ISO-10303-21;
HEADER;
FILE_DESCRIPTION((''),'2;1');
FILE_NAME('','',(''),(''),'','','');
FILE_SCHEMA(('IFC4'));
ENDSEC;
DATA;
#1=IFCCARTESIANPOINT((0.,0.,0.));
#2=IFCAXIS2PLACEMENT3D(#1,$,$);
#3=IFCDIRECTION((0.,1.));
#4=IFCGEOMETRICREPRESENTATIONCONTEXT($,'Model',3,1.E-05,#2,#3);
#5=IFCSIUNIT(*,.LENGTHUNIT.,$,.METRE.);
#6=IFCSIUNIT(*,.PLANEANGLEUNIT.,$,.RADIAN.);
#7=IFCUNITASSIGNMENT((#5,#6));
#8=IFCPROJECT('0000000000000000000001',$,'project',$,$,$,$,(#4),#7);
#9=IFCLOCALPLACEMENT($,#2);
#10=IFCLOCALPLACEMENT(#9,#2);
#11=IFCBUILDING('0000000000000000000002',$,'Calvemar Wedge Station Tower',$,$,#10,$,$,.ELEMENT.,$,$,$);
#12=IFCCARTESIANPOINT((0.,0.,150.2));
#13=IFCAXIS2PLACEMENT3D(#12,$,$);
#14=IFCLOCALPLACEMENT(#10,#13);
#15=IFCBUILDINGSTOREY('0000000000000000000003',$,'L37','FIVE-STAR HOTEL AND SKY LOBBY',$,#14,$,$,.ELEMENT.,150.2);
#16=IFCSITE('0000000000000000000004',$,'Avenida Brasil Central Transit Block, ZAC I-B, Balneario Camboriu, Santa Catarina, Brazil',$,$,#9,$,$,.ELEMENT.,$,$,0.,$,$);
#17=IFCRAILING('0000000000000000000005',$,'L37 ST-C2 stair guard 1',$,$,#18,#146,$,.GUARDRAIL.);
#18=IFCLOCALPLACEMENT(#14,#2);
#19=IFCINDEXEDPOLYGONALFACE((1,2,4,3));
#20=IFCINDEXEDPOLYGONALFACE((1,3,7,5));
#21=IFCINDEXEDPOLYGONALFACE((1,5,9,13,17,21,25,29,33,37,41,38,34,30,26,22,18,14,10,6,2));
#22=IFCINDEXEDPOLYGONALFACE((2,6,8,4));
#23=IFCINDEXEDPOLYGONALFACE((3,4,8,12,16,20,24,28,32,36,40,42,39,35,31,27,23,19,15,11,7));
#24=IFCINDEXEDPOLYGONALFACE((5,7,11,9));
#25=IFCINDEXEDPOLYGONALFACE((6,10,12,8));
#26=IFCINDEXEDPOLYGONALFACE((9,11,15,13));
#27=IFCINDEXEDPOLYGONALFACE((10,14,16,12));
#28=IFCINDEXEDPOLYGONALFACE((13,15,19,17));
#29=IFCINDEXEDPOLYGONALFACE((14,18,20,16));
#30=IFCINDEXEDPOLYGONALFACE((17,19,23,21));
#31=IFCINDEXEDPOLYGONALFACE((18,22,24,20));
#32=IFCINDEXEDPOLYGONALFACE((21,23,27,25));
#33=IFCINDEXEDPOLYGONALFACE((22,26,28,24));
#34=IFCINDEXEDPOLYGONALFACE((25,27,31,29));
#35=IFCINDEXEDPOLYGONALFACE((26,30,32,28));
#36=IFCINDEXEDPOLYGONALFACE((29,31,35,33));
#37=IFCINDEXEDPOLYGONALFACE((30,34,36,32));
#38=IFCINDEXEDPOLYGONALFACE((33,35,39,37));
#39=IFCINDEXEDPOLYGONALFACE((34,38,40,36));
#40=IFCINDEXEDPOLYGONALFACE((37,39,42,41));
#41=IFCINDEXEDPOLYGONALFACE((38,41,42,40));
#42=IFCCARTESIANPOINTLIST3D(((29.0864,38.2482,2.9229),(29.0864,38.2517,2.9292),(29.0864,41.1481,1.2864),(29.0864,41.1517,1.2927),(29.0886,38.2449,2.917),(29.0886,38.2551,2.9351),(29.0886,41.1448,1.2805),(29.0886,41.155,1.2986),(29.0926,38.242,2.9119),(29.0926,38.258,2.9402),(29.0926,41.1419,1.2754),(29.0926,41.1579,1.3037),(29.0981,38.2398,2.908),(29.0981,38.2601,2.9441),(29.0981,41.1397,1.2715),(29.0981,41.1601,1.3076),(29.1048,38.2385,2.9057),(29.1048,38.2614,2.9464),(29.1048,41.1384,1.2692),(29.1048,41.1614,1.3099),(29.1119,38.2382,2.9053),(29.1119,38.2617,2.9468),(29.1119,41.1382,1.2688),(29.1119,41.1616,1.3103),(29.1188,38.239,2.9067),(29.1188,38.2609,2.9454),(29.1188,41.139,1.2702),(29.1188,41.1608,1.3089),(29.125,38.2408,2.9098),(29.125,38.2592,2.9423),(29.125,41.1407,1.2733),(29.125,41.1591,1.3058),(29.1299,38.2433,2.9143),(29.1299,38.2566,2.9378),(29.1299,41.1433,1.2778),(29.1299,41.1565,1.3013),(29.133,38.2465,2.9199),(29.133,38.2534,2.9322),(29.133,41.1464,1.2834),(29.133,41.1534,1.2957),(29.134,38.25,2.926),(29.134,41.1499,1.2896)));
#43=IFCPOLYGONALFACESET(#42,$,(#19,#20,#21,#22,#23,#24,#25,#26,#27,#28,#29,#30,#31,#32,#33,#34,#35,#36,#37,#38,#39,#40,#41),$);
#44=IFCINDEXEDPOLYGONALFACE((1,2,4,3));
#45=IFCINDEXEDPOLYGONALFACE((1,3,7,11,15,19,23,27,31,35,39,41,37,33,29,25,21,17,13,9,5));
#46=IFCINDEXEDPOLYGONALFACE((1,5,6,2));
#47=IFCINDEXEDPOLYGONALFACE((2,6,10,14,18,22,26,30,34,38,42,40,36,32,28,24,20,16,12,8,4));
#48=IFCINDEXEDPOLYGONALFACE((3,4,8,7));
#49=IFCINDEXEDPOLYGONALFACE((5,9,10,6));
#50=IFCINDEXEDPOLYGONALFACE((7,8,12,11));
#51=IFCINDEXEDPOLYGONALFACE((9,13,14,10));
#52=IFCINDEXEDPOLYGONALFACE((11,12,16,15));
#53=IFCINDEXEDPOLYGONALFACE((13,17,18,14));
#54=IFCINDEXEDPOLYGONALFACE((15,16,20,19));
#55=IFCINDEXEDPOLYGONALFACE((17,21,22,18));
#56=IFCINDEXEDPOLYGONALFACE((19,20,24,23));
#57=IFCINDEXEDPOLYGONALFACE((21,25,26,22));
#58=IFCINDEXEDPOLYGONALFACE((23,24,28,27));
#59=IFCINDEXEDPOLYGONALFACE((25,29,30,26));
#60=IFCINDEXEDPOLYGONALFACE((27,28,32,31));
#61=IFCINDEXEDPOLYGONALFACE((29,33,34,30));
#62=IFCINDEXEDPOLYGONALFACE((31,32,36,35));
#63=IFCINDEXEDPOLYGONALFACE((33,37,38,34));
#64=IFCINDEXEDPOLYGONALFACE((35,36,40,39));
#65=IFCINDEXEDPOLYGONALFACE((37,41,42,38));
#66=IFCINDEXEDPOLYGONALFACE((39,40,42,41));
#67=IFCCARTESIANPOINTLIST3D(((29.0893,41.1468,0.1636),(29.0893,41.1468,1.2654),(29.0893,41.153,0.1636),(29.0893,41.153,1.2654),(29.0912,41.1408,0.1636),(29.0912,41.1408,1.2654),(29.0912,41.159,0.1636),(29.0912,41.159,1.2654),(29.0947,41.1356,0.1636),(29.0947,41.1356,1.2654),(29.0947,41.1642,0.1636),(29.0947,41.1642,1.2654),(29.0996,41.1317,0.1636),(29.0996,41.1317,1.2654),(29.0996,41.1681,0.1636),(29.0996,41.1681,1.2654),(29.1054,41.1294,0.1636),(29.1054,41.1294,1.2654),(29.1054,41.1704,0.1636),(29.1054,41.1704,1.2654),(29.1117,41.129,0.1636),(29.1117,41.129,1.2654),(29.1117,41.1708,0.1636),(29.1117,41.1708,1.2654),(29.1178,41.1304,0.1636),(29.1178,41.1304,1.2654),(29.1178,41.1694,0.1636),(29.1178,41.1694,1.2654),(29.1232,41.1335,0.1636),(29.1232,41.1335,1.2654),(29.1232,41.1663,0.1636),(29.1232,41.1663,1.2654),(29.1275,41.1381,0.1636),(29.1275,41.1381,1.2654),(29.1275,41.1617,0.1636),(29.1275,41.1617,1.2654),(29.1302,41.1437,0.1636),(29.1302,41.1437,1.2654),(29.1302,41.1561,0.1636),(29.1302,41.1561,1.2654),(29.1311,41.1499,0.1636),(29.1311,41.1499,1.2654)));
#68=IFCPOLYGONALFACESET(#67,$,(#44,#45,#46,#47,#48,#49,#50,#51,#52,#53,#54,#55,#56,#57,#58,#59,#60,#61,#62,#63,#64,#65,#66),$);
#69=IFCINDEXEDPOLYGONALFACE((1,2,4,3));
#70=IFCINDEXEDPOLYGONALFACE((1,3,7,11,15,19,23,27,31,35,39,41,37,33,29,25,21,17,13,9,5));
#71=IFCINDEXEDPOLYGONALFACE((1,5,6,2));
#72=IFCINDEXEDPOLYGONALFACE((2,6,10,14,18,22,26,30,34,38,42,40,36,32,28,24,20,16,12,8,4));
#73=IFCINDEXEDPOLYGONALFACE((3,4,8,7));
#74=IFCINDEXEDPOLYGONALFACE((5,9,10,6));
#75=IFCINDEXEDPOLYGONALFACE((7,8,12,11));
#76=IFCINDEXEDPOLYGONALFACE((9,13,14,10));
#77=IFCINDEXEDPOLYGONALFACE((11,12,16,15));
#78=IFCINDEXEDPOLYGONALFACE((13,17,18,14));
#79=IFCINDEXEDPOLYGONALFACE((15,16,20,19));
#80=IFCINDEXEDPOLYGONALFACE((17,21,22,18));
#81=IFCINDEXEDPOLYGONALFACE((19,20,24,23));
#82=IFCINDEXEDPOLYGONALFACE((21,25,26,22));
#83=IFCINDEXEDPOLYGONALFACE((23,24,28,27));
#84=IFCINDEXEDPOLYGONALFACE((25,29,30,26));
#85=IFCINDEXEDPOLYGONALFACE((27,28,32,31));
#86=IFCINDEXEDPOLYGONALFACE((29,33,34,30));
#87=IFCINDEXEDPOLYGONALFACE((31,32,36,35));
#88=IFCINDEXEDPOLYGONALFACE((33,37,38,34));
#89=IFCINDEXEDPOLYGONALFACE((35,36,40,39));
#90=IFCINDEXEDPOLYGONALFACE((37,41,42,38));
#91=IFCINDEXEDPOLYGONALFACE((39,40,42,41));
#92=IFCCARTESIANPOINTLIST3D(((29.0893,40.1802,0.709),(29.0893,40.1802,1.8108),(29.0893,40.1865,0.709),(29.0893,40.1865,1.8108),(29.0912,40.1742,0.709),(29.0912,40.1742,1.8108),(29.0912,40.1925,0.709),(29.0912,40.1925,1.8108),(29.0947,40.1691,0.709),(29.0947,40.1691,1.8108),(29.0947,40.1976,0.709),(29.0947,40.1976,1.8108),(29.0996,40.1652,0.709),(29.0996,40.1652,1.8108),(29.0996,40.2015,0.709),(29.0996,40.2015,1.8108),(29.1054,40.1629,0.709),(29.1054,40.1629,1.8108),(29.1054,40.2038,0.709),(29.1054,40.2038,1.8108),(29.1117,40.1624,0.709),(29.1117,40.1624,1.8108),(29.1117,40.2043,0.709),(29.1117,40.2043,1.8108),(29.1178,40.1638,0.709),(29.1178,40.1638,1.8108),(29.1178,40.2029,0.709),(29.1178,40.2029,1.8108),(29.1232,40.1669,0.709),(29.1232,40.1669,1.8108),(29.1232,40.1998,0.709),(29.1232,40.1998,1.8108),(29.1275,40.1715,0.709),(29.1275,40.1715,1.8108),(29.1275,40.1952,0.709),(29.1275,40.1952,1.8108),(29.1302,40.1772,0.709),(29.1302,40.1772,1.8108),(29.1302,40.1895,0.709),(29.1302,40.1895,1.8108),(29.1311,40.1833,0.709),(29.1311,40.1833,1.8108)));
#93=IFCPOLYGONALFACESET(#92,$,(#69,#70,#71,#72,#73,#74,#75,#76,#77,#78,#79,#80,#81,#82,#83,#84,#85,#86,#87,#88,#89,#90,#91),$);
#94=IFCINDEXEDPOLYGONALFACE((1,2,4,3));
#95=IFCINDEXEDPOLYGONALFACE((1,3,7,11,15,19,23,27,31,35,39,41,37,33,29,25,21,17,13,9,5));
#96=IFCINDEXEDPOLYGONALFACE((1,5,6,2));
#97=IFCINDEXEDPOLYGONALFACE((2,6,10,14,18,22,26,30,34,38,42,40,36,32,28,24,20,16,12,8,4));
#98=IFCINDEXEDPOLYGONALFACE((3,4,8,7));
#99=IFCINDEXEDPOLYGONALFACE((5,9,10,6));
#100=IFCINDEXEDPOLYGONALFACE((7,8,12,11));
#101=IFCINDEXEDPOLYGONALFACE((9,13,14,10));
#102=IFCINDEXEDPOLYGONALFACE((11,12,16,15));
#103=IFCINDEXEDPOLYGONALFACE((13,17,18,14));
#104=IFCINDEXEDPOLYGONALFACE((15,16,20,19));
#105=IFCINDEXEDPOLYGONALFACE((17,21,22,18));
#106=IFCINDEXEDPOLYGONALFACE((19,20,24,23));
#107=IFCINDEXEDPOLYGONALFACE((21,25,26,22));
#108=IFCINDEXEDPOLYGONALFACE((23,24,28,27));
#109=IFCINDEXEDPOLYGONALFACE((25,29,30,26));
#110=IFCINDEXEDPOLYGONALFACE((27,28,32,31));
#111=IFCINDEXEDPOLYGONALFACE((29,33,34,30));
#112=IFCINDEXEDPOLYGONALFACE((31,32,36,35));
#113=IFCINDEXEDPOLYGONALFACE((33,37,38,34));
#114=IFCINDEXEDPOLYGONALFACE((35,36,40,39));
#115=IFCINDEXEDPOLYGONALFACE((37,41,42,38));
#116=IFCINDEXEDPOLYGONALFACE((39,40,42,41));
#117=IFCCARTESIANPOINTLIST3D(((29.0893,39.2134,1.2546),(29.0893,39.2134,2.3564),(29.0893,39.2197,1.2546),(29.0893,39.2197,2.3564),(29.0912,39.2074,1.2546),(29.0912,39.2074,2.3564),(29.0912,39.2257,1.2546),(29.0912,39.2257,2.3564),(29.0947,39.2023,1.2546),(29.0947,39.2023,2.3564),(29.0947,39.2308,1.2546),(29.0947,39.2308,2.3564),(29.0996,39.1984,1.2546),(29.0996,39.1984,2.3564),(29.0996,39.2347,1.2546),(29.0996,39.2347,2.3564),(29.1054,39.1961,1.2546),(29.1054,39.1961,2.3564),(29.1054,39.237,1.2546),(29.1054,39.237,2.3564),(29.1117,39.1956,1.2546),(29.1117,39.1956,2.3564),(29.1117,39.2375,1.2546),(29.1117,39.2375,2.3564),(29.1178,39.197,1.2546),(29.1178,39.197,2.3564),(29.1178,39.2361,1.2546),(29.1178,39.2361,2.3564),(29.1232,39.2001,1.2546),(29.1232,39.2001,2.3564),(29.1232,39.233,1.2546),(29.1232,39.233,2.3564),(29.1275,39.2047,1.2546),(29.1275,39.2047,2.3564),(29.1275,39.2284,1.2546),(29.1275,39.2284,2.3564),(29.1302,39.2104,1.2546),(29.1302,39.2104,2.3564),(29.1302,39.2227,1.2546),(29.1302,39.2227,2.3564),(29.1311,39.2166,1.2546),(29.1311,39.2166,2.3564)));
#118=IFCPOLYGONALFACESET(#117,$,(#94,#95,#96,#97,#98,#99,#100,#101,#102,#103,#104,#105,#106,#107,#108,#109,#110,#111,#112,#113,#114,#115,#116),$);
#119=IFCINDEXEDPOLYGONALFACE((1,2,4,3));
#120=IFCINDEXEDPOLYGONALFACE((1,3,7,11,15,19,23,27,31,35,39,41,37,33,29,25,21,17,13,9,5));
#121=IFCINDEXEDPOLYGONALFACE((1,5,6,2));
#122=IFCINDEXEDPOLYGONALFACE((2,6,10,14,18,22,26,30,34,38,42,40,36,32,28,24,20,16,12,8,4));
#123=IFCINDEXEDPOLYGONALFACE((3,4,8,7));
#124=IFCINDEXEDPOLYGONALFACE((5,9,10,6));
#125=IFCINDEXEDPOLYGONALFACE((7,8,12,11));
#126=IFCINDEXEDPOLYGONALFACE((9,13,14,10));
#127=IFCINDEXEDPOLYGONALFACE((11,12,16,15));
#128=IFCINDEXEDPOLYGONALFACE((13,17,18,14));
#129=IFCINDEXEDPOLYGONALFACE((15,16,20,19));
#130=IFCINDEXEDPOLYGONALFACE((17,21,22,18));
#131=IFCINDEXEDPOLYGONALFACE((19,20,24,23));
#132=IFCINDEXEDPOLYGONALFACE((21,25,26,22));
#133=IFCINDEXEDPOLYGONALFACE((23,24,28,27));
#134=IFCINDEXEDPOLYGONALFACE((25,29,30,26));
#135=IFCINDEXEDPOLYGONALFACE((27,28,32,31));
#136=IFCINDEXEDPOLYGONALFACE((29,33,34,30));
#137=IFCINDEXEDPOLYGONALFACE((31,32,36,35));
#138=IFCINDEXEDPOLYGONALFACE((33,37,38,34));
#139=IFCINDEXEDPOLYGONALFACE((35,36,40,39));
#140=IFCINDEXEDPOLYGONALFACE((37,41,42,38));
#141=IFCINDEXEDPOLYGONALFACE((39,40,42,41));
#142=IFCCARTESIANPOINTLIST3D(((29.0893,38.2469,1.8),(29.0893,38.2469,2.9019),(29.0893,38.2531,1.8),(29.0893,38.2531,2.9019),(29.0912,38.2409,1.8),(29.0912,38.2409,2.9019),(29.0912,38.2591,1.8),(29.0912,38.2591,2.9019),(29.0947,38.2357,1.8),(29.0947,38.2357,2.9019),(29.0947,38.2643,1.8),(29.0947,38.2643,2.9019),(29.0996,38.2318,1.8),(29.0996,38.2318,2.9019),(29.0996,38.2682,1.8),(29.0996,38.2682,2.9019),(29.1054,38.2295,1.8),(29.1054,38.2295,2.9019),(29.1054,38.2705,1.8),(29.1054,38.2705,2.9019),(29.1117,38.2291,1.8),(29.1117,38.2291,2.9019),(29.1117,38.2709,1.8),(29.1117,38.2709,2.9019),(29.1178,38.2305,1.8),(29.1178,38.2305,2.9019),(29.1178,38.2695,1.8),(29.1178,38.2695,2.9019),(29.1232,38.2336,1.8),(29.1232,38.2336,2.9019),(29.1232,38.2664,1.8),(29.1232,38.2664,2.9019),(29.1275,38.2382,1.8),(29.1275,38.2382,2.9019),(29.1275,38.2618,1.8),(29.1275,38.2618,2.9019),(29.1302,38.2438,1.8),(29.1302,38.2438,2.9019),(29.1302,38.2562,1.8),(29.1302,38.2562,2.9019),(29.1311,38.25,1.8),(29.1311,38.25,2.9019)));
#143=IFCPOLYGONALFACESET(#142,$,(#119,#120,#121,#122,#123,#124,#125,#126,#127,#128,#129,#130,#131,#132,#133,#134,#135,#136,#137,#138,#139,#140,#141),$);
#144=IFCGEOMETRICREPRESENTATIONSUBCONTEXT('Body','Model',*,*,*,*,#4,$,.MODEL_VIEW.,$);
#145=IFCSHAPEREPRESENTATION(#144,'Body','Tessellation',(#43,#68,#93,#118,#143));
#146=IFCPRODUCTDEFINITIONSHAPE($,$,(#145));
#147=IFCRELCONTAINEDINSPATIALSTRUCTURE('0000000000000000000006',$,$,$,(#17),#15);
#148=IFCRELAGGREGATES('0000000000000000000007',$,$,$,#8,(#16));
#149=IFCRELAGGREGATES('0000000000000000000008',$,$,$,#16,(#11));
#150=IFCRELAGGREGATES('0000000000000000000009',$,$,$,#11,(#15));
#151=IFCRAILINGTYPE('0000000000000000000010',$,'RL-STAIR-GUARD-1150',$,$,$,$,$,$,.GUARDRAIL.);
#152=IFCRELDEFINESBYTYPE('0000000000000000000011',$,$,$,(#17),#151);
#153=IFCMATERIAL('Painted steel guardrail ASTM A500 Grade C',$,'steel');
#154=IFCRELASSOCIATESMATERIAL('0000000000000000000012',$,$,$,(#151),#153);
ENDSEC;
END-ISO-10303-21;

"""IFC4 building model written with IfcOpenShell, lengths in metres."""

from ifc_helpers import new_model, si_unit, direction, frame, origin, origin_2d, place, context, subcontext, project, spatial, circle, extrude, material, type_object, element, save


model = new_model("IFC4")

# Units and contexts
model_context = context("Model", 3, precision=1e-05, world=origin(), true_north=direction((0.0, 1.0)))
body_context = subcontext(model_context, "Body", "Model", "MODEL_VIEW")
ifc_project = project(units=[si_unit("LENGTHUNIT", "METRE"), si_unit("PLANEANGLEUNIT", "RADIAN")], contexts=[model_context])

# Site, building, storey
site_placement = place(None, origin())
site = spatial("IfcSite", under=ifc_project, at=site_placement, Name="Avenida Brasil Central Transit Block, ZAC I-B, Balneario Camboriu, Santa Catarina, Brazil", CompositionType="ELEMENT", RefElevation=0.0)
building_placement = place(site_placement, origin())
building = spatial("IfcBuilding", under=site, at=building_placement, Name="Calvemar Wedge Station Tower", CompositionType="ELEMENT")
storey_placement = place(building_placement, frame((0.0, 0.0, 150.2)))
storey = spatial("IfcBuildingStorey", under=building, at=storey_placement, Name="L37", Description="FIVE-STAR HOTEL AND SKY LOBBY", CompositionType="ELEMENT", Elevation=150.2)

# Railing
ifc_material_1 = material(Name="Painted steel guardrail ASTM A500 Grade C", Category="steel")
railing_type = type_object("IfcRailingType", Name="RL-STAIR-GUARD-1150", PredefinedType="GUARDRAIL", material=ifc_material_1)
railing_1_placement = place(storey_placement, frame((29.1101, 41.1499, 0.1636)))
element("IfcRailing", 1, at=railing_1_placement, inside=storey, type_object=railing_type, Name="L37 ST-C2 stair guard 1", PredefinedType="GUARDRAIL", context=body_context, shape_type="SweptSolid", body=[
    extrude(circle(Radius=0.0239, at=origin_2d()), frame((0.0, 0.0, 1.126), z_axis=(0.0, -0.870897, 0.491465), x_axis=(1.0, 0.0, 0.0)), (0.0, 0.0, 1.0), 3.3298),
    extrude(circle(Radius=0.021, at=origin_2d()), origin(), (0.0, 0.0, 1.0), 1.1018),
    extrude(circle(Radius=0.021, at=origin_2d()), frame((0.0, -0.9666, 0.5454)), (0.0, 0.0, 1.0), 1.1018),
    extrude(circle(Radius=0.021, at=origin_2d()), frame((0.0, -1.9333, 1.0911)), (0.0, 0.0, 1.0), 1.1018),
    extrude(circle(Radius=0.021, at=origin_2d()), frame((0.0, -2.8999, 1.6365)), (0.0, 0.0, 1.0), 1.1018),
])

save(model, "model.ifc")
